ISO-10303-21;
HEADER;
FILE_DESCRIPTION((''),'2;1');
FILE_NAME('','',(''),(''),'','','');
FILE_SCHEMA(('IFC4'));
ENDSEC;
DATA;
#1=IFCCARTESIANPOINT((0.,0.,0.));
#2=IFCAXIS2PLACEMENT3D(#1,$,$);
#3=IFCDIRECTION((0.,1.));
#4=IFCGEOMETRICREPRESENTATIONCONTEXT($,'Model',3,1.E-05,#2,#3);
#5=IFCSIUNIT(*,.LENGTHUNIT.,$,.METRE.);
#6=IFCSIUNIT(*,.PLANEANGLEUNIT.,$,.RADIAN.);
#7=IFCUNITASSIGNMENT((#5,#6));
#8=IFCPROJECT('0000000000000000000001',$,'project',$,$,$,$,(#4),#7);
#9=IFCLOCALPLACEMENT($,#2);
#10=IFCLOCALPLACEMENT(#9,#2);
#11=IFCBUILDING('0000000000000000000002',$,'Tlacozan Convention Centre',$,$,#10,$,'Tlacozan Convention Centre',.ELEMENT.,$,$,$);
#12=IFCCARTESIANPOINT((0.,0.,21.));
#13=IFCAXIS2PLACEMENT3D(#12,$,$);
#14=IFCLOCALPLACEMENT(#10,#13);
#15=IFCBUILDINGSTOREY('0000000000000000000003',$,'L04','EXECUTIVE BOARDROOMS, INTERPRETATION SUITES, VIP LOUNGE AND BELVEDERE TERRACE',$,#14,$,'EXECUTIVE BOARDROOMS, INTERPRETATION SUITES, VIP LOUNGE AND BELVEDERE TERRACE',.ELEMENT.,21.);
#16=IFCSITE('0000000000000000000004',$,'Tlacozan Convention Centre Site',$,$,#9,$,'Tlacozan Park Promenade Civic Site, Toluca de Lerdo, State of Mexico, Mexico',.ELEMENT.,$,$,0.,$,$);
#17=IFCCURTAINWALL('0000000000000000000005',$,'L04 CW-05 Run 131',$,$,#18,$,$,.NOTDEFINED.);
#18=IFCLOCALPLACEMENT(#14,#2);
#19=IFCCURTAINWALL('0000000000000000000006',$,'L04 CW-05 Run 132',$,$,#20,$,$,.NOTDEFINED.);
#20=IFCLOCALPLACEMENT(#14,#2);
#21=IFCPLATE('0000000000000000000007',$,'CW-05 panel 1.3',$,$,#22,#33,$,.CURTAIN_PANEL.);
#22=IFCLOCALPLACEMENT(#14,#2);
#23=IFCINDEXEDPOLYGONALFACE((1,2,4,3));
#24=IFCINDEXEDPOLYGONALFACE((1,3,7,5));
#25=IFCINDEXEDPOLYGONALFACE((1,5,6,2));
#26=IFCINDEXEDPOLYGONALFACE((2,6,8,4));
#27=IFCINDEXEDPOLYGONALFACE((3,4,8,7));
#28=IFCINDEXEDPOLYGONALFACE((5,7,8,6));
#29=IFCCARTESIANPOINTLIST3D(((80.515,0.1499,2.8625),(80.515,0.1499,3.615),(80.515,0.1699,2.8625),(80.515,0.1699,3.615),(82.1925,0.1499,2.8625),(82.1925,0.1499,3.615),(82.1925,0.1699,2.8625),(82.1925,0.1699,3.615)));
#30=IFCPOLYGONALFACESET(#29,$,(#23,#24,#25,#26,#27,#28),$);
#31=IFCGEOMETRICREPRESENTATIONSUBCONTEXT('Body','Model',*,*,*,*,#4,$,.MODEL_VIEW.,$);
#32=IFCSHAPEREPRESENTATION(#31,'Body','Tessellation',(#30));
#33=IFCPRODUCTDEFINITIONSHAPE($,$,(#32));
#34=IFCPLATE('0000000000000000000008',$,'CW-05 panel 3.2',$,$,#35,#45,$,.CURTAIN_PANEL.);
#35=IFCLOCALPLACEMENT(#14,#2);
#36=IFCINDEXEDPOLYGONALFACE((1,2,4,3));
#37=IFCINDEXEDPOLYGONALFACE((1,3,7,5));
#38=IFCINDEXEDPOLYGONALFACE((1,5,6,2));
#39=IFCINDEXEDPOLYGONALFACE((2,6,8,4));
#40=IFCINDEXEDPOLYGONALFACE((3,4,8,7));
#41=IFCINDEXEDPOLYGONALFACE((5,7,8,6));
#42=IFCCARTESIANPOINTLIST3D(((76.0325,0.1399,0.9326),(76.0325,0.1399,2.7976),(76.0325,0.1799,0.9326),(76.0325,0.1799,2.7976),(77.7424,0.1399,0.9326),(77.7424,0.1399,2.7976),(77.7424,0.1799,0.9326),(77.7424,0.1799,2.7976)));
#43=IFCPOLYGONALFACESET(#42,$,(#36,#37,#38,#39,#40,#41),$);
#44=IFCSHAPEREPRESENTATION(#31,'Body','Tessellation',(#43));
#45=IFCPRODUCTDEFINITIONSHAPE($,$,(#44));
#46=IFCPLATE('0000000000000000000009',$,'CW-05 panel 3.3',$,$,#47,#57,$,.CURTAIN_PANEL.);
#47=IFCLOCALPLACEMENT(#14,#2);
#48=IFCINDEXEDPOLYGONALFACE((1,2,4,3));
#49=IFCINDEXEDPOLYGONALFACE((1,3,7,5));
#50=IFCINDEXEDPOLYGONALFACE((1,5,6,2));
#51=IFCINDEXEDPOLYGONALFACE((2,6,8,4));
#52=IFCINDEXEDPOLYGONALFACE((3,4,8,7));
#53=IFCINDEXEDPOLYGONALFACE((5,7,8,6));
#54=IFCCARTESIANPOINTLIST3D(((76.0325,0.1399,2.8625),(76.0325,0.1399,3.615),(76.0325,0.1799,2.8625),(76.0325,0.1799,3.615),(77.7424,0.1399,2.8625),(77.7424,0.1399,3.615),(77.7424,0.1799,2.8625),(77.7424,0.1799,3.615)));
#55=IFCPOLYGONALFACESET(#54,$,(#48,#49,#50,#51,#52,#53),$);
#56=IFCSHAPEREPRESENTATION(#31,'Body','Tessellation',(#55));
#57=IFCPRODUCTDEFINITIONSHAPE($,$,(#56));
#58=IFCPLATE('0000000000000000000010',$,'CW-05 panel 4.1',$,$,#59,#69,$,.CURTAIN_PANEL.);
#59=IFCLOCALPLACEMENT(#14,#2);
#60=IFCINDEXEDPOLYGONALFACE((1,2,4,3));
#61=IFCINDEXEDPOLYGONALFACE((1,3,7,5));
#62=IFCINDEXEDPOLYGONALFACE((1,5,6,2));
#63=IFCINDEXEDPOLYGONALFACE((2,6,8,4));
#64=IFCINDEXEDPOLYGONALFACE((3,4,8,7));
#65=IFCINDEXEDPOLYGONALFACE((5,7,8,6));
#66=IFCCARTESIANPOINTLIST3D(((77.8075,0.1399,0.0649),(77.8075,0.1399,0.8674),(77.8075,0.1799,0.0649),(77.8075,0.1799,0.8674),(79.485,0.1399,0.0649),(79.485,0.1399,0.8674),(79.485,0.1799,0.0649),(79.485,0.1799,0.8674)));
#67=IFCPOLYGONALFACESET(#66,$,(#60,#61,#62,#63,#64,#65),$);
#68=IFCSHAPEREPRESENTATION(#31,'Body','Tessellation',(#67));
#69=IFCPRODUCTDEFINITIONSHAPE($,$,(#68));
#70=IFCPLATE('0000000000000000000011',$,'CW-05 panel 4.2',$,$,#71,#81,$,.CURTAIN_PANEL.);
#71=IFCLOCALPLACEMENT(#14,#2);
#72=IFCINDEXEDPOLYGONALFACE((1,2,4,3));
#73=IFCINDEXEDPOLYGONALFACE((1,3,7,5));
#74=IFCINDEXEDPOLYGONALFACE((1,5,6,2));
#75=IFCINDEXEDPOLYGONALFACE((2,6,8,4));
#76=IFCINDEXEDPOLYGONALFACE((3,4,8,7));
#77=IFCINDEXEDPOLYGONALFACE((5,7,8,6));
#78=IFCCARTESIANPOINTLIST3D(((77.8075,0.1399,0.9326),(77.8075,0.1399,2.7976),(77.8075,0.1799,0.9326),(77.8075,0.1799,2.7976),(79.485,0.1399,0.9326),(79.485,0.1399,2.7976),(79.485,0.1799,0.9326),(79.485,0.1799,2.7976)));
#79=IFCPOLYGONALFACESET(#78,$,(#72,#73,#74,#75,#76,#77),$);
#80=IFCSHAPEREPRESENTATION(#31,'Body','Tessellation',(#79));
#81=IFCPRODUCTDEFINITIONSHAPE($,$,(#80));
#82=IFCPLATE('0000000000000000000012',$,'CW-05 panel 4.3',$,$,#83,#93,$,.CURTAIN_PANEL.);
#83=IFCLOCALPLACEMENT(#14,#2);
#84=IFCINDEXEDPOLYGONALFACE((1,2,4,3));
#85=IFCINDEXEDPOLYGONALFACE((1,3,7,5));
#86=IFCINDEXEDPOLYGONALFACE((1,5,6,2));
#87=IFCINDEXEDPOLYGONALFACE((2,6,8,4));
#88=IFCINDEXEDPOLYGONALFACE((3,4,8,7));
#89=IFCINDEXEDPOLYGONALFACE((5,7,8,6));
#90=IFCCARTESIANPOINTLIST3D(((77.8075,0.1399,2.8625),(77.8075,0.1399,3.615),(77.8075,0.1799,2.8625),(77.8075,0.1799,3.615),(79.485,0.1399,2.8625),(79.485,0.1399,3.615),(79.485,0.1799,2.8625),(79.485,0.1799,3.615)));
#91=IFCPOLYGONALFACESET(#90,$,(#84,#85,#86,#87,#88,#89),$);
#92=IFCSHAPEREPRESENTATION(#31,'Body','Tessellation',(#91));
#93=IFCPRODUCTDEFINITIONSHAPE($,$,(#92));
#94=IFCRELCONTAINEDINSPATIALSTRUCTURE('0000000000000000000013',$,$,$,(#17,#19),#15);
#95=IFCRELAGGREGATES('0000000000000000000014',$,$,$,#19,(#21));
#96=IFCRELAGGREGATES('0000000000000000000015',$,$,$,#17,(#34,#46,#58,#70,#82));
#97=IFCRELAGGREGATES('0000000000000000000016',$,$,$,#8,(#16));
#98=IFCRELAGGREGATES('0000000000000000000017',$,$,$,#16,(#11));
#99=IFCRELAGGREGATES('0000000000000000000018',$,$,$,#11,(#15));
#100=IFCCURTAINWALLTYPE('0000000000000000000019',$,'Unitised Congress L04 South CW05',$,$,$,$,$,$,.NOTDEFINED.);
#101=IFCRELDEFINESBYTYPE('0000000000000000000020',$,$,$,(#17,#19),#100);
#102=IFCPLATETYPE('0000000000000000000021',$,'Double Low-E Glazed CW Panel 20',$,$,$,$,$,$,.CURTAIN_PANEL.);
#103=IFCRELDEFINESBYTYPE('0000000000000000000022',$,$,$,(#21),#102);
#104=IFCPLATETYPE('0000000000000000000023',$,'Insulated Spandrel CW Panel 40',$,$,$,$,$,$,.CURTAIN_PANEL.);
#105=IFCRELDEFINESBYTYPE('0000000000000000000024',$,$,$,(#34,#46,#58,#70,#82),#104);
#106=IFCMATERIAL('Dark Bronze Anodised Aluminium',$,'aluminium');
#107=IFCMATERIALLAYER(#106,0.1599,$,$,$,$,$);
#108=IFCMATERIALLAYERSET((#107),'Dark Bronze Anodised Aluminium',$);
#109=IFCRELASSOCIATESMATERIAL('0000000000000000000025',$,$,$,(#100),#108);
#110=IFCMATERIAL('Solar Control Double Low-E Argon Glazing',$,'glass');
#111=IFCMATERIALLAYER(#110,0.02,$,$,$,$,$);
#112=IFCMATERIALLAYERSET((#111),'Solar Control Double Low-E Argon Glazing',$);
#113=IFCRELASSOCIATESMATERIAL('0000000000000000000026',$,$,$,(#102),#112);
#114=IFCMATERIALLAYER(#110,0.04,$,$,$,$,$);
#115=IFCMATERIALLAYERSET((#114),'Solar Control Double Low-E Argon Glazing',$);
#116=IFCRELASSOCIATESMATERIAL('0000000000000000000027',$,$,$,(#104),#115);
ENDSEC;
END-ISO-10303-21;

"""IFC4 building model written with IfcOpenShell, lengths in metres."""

from ifc_helpers import new_model, si_unit, direction, frame, origin, origin_2d, place, context, subcontext, project, spatial, rectangle, extrude, material, layer, layer_set, type_object, element, aggregate, save


model = new_model("IFC4")

# Units and contexts
model_context = context("Model", 3, precision=1e-05, world=origin(), true_north=direction((0.0, 1.0)))
body_context = subcontext(model_context, "Body", "Model", "MODEL_VIEW")
ifc_project = project(units=[si_unit("LENGTHUNIT", "METRE"), si_unit("PLANEANGLEUNIT", "RADIAN")], contexts=[model_context])

# Site, building, storey
site_placement = place(None, origin())
site = spatial("IfcSite", under=ifc_project, at=site_placement, Name="Tlacozan Convention Centre Site", LongName="Tlacozan Park Promenade Civic Site, Toluca de Lerdo, State of Mexico, Mexico", CompositionType="ELEMENT", RefElevation=0.0)
building_placement = place(site_placement, origin())
building = spatial("IfcBuilding", under=site, at=building_placement, Name="Tlacozan Convention Centre", LongName="Tlacozan Convention Centre", CompositionType="ELEMENT")
storey_placement = place(building_placement, frame((0.0, 0.0, 21.0)))
storey = spatial("IfcBuildingStorey", under=building, at=storey_placement, Name="L04", Description="EXECUTIVE BOARDROOMS, INTERPRETATION SUITES, VIP LOUNGE AND BELVEDERE TERRACE", LongName="EXECUTIVE BOARDROOMS, INTERPRETATION SUITES, VIP LOUNGE AND BELVEDERE TERRACE", CompositionType="ELEMENT", Elevation=21.0)

# Curtain walls
ifc_material_1 = material(Name="Dark Bronze Anodised Aluminium", Category="aluminium")
ifc_layer_1 = layer(ifc_material_1, 0.1599)
ifc_layer_set_1 = layer_set([ifc_layer_1], Name="Dark Bronze Anodised Aluminium")
curtain_wall_type = type_object("IfcCurtainWallType", Name="Unitised Congress L04 South CW05", PredefinedType="NOTDEFINED", material=ifc_layer_set_1)
curtain_wall_1_placement = place(storey_placement, origin())
curtain_wall_1 = element("IfcCurtainWall", 1, at=curtain_wall_1_placement, inside=storey, type_object=curtain_wall_type, Name="L04 CW-05 Run 131", PredefinedType="NOTDEFINED")
curtain_wall_2_placement = place(storey_placement, origin())
curtain_wall_2 = element("IfcCurtainWall", 2, at=curtain_wall_2_placement, inside=storey, type_object=curtain_wall_type, Name="L04 CW-05 Run 132", PredefinedType="NOTDEFINED")

# Plates
ifc_material_2 = material(Name="Solar Control Double Low-E Argon Glazing", Category="glass")
ifc_layer_2 = layer(ifc_material_2, 0.02)
ifc_layer_set_2 = layer_set([ifc_layer_2], Name="Solar Control Double Low-E Argon Glazing")
plate_type_1 = type_object("IfcPlateType", Name="Double Low-E Glazed CW Panel 20", PredefinedType="CURTAIN_PANEL", material=ifc_layer_set_2)
plate_1_placement = place(storey_placement, frame((81.3538, 0.1599, 2.8625), z_axis=(0.0, 0.0, 1.0), x_axis=(1.0, 0.0, 0.0)))
plate_1 = element("IfcPlate", 3, at=plate_1_placement, type_object=plate_type_1, Name="CW-05 panel 1.3", PredefinedType="CURTAIN_PANEL", context=body_context, shape_type="SweptSolid", body=[
    extrude(rectangle(XDim=1.6775, YDim=0.02, at=origin_2d()), origin(), (0.0, 0.0, 1.0), 0.7524),
])
aggregate(curtain_wall_2, [plate_1])
ifc_layer_3 = layer(ifc_material_2, 0.04)
ifc_layer_set_3 = layer_set([ifc_layer_3], Name="Solar Control Double Low-E Argon Glazing")
plate_type_2 = type_object("IfcPlateType", Name="Insulated Spandrel CW Panel 40", PredefinedType="CURTAIN_PANEL", material=ifc_layer_set_3)
plate_2_placement = place(storey_placement, frame((76.8875, 0.1599, 0.9326), z_axis=(0.0, 0.0, 1.0), x_axis=(1.0, 0.0, 0.0)))
plate_2 = element("IfcPlate", 4, at=plate_2_placement, type_object=plate_type_2, Name="CW-05 panel 3.2", PredefinedType="CURTAIN_PANEL", context=body_context, shape_type="SweptSolid", body=[
    extrude(rectangle(XDim=1.71, YDim=0.04, at=origin_2d()), origin(), (0.0, 0.0, 1.0), 1.865),
])
plate_3_placement = place(storey_placement, frame((76.8875, 0.1599, 2.8625), z_axis=(0.0, 0.0, 1.0), x_axis=(1.0, 0.0, 0.0)))
plate_3 = element("IfcPlate", 5, at=plate_3_placement, type_object=plate_type_2, Name="CW-05 panel 3.3", PredefinedType="CURTAIN_PANEL", context=body_context, shape_type="SweptSolid", body=[
    extrude(rectangle(XDim=1.71, YDim=0.04, at=origin_2d()), origin(), (0.0, 0.0, 1.0), 0.7524),
])
plate_4_placement = place(storey_placement, frame((78.6462, 0.1599, 0.0649), z_axis=(0.0, 0.0, 1.0), x_axis=(1.0, 0.0, 0.0)))
plate_4 = element("IfcPlate", 6, at=plate_4_placement, type_object=plate_type_2, Name="CW-05 panel 4.1", PredefinedType="CURTAIN_PANEL", context=body_context, shape_type="SweptSolid", body=[
    extrude(rectangle(XDim=1.6775, YDim=0.04, at=origin_2d()), origin(), (0.0, 0.0, 1.0), 0.8025),
])
plate_5_placement = place(storey_placement, frame((78.6462, 0.1599, 0.9326), z_axis=(0.0, 0.0, 1.0), x_axis=(1.0, 0.0, 0.0)))
plate_5 = element("IfcPlate", 7, at=plate_5_placement, type_object=plate_type_2, Name="CW-05 panel 4.2", PredefinedType="CURTAIN_PANEL", context=body_context, shape_type="SweptSolid", body=[
    extrude(rectangle(XDim=1.6775, YDim=0.04, at=origin_2d()), origin(), (0.0, 0.0, 1.0), 1.865),
])
plate_6_placement = place(storey_placement, frame((78.6462, 0.1599, 2.8625), z_axis=(0.0, 0.0, 1.0), x_axis=(1.0, 0.0, 0.0)))
plate_6 = element("IfcPlate", 8, at=plate_6_placement, type_object=plate_type_2, Name="CW-05 panel 4.3", PredefinedType="CURTAIN_PANEL", context=body_context, shape_type="SweptSolid", body=[
    extrude(rectangle(XDim=1.6775, YDim=0.04, at=origin_2d()), origin(), (0.0, 0.0, 1.0), 0.7524),
])
aggregate(curtain_wall_1, [plate_2, plate_3, plate_4, plate_5, plate_6])

save(model, "model.ifc")
